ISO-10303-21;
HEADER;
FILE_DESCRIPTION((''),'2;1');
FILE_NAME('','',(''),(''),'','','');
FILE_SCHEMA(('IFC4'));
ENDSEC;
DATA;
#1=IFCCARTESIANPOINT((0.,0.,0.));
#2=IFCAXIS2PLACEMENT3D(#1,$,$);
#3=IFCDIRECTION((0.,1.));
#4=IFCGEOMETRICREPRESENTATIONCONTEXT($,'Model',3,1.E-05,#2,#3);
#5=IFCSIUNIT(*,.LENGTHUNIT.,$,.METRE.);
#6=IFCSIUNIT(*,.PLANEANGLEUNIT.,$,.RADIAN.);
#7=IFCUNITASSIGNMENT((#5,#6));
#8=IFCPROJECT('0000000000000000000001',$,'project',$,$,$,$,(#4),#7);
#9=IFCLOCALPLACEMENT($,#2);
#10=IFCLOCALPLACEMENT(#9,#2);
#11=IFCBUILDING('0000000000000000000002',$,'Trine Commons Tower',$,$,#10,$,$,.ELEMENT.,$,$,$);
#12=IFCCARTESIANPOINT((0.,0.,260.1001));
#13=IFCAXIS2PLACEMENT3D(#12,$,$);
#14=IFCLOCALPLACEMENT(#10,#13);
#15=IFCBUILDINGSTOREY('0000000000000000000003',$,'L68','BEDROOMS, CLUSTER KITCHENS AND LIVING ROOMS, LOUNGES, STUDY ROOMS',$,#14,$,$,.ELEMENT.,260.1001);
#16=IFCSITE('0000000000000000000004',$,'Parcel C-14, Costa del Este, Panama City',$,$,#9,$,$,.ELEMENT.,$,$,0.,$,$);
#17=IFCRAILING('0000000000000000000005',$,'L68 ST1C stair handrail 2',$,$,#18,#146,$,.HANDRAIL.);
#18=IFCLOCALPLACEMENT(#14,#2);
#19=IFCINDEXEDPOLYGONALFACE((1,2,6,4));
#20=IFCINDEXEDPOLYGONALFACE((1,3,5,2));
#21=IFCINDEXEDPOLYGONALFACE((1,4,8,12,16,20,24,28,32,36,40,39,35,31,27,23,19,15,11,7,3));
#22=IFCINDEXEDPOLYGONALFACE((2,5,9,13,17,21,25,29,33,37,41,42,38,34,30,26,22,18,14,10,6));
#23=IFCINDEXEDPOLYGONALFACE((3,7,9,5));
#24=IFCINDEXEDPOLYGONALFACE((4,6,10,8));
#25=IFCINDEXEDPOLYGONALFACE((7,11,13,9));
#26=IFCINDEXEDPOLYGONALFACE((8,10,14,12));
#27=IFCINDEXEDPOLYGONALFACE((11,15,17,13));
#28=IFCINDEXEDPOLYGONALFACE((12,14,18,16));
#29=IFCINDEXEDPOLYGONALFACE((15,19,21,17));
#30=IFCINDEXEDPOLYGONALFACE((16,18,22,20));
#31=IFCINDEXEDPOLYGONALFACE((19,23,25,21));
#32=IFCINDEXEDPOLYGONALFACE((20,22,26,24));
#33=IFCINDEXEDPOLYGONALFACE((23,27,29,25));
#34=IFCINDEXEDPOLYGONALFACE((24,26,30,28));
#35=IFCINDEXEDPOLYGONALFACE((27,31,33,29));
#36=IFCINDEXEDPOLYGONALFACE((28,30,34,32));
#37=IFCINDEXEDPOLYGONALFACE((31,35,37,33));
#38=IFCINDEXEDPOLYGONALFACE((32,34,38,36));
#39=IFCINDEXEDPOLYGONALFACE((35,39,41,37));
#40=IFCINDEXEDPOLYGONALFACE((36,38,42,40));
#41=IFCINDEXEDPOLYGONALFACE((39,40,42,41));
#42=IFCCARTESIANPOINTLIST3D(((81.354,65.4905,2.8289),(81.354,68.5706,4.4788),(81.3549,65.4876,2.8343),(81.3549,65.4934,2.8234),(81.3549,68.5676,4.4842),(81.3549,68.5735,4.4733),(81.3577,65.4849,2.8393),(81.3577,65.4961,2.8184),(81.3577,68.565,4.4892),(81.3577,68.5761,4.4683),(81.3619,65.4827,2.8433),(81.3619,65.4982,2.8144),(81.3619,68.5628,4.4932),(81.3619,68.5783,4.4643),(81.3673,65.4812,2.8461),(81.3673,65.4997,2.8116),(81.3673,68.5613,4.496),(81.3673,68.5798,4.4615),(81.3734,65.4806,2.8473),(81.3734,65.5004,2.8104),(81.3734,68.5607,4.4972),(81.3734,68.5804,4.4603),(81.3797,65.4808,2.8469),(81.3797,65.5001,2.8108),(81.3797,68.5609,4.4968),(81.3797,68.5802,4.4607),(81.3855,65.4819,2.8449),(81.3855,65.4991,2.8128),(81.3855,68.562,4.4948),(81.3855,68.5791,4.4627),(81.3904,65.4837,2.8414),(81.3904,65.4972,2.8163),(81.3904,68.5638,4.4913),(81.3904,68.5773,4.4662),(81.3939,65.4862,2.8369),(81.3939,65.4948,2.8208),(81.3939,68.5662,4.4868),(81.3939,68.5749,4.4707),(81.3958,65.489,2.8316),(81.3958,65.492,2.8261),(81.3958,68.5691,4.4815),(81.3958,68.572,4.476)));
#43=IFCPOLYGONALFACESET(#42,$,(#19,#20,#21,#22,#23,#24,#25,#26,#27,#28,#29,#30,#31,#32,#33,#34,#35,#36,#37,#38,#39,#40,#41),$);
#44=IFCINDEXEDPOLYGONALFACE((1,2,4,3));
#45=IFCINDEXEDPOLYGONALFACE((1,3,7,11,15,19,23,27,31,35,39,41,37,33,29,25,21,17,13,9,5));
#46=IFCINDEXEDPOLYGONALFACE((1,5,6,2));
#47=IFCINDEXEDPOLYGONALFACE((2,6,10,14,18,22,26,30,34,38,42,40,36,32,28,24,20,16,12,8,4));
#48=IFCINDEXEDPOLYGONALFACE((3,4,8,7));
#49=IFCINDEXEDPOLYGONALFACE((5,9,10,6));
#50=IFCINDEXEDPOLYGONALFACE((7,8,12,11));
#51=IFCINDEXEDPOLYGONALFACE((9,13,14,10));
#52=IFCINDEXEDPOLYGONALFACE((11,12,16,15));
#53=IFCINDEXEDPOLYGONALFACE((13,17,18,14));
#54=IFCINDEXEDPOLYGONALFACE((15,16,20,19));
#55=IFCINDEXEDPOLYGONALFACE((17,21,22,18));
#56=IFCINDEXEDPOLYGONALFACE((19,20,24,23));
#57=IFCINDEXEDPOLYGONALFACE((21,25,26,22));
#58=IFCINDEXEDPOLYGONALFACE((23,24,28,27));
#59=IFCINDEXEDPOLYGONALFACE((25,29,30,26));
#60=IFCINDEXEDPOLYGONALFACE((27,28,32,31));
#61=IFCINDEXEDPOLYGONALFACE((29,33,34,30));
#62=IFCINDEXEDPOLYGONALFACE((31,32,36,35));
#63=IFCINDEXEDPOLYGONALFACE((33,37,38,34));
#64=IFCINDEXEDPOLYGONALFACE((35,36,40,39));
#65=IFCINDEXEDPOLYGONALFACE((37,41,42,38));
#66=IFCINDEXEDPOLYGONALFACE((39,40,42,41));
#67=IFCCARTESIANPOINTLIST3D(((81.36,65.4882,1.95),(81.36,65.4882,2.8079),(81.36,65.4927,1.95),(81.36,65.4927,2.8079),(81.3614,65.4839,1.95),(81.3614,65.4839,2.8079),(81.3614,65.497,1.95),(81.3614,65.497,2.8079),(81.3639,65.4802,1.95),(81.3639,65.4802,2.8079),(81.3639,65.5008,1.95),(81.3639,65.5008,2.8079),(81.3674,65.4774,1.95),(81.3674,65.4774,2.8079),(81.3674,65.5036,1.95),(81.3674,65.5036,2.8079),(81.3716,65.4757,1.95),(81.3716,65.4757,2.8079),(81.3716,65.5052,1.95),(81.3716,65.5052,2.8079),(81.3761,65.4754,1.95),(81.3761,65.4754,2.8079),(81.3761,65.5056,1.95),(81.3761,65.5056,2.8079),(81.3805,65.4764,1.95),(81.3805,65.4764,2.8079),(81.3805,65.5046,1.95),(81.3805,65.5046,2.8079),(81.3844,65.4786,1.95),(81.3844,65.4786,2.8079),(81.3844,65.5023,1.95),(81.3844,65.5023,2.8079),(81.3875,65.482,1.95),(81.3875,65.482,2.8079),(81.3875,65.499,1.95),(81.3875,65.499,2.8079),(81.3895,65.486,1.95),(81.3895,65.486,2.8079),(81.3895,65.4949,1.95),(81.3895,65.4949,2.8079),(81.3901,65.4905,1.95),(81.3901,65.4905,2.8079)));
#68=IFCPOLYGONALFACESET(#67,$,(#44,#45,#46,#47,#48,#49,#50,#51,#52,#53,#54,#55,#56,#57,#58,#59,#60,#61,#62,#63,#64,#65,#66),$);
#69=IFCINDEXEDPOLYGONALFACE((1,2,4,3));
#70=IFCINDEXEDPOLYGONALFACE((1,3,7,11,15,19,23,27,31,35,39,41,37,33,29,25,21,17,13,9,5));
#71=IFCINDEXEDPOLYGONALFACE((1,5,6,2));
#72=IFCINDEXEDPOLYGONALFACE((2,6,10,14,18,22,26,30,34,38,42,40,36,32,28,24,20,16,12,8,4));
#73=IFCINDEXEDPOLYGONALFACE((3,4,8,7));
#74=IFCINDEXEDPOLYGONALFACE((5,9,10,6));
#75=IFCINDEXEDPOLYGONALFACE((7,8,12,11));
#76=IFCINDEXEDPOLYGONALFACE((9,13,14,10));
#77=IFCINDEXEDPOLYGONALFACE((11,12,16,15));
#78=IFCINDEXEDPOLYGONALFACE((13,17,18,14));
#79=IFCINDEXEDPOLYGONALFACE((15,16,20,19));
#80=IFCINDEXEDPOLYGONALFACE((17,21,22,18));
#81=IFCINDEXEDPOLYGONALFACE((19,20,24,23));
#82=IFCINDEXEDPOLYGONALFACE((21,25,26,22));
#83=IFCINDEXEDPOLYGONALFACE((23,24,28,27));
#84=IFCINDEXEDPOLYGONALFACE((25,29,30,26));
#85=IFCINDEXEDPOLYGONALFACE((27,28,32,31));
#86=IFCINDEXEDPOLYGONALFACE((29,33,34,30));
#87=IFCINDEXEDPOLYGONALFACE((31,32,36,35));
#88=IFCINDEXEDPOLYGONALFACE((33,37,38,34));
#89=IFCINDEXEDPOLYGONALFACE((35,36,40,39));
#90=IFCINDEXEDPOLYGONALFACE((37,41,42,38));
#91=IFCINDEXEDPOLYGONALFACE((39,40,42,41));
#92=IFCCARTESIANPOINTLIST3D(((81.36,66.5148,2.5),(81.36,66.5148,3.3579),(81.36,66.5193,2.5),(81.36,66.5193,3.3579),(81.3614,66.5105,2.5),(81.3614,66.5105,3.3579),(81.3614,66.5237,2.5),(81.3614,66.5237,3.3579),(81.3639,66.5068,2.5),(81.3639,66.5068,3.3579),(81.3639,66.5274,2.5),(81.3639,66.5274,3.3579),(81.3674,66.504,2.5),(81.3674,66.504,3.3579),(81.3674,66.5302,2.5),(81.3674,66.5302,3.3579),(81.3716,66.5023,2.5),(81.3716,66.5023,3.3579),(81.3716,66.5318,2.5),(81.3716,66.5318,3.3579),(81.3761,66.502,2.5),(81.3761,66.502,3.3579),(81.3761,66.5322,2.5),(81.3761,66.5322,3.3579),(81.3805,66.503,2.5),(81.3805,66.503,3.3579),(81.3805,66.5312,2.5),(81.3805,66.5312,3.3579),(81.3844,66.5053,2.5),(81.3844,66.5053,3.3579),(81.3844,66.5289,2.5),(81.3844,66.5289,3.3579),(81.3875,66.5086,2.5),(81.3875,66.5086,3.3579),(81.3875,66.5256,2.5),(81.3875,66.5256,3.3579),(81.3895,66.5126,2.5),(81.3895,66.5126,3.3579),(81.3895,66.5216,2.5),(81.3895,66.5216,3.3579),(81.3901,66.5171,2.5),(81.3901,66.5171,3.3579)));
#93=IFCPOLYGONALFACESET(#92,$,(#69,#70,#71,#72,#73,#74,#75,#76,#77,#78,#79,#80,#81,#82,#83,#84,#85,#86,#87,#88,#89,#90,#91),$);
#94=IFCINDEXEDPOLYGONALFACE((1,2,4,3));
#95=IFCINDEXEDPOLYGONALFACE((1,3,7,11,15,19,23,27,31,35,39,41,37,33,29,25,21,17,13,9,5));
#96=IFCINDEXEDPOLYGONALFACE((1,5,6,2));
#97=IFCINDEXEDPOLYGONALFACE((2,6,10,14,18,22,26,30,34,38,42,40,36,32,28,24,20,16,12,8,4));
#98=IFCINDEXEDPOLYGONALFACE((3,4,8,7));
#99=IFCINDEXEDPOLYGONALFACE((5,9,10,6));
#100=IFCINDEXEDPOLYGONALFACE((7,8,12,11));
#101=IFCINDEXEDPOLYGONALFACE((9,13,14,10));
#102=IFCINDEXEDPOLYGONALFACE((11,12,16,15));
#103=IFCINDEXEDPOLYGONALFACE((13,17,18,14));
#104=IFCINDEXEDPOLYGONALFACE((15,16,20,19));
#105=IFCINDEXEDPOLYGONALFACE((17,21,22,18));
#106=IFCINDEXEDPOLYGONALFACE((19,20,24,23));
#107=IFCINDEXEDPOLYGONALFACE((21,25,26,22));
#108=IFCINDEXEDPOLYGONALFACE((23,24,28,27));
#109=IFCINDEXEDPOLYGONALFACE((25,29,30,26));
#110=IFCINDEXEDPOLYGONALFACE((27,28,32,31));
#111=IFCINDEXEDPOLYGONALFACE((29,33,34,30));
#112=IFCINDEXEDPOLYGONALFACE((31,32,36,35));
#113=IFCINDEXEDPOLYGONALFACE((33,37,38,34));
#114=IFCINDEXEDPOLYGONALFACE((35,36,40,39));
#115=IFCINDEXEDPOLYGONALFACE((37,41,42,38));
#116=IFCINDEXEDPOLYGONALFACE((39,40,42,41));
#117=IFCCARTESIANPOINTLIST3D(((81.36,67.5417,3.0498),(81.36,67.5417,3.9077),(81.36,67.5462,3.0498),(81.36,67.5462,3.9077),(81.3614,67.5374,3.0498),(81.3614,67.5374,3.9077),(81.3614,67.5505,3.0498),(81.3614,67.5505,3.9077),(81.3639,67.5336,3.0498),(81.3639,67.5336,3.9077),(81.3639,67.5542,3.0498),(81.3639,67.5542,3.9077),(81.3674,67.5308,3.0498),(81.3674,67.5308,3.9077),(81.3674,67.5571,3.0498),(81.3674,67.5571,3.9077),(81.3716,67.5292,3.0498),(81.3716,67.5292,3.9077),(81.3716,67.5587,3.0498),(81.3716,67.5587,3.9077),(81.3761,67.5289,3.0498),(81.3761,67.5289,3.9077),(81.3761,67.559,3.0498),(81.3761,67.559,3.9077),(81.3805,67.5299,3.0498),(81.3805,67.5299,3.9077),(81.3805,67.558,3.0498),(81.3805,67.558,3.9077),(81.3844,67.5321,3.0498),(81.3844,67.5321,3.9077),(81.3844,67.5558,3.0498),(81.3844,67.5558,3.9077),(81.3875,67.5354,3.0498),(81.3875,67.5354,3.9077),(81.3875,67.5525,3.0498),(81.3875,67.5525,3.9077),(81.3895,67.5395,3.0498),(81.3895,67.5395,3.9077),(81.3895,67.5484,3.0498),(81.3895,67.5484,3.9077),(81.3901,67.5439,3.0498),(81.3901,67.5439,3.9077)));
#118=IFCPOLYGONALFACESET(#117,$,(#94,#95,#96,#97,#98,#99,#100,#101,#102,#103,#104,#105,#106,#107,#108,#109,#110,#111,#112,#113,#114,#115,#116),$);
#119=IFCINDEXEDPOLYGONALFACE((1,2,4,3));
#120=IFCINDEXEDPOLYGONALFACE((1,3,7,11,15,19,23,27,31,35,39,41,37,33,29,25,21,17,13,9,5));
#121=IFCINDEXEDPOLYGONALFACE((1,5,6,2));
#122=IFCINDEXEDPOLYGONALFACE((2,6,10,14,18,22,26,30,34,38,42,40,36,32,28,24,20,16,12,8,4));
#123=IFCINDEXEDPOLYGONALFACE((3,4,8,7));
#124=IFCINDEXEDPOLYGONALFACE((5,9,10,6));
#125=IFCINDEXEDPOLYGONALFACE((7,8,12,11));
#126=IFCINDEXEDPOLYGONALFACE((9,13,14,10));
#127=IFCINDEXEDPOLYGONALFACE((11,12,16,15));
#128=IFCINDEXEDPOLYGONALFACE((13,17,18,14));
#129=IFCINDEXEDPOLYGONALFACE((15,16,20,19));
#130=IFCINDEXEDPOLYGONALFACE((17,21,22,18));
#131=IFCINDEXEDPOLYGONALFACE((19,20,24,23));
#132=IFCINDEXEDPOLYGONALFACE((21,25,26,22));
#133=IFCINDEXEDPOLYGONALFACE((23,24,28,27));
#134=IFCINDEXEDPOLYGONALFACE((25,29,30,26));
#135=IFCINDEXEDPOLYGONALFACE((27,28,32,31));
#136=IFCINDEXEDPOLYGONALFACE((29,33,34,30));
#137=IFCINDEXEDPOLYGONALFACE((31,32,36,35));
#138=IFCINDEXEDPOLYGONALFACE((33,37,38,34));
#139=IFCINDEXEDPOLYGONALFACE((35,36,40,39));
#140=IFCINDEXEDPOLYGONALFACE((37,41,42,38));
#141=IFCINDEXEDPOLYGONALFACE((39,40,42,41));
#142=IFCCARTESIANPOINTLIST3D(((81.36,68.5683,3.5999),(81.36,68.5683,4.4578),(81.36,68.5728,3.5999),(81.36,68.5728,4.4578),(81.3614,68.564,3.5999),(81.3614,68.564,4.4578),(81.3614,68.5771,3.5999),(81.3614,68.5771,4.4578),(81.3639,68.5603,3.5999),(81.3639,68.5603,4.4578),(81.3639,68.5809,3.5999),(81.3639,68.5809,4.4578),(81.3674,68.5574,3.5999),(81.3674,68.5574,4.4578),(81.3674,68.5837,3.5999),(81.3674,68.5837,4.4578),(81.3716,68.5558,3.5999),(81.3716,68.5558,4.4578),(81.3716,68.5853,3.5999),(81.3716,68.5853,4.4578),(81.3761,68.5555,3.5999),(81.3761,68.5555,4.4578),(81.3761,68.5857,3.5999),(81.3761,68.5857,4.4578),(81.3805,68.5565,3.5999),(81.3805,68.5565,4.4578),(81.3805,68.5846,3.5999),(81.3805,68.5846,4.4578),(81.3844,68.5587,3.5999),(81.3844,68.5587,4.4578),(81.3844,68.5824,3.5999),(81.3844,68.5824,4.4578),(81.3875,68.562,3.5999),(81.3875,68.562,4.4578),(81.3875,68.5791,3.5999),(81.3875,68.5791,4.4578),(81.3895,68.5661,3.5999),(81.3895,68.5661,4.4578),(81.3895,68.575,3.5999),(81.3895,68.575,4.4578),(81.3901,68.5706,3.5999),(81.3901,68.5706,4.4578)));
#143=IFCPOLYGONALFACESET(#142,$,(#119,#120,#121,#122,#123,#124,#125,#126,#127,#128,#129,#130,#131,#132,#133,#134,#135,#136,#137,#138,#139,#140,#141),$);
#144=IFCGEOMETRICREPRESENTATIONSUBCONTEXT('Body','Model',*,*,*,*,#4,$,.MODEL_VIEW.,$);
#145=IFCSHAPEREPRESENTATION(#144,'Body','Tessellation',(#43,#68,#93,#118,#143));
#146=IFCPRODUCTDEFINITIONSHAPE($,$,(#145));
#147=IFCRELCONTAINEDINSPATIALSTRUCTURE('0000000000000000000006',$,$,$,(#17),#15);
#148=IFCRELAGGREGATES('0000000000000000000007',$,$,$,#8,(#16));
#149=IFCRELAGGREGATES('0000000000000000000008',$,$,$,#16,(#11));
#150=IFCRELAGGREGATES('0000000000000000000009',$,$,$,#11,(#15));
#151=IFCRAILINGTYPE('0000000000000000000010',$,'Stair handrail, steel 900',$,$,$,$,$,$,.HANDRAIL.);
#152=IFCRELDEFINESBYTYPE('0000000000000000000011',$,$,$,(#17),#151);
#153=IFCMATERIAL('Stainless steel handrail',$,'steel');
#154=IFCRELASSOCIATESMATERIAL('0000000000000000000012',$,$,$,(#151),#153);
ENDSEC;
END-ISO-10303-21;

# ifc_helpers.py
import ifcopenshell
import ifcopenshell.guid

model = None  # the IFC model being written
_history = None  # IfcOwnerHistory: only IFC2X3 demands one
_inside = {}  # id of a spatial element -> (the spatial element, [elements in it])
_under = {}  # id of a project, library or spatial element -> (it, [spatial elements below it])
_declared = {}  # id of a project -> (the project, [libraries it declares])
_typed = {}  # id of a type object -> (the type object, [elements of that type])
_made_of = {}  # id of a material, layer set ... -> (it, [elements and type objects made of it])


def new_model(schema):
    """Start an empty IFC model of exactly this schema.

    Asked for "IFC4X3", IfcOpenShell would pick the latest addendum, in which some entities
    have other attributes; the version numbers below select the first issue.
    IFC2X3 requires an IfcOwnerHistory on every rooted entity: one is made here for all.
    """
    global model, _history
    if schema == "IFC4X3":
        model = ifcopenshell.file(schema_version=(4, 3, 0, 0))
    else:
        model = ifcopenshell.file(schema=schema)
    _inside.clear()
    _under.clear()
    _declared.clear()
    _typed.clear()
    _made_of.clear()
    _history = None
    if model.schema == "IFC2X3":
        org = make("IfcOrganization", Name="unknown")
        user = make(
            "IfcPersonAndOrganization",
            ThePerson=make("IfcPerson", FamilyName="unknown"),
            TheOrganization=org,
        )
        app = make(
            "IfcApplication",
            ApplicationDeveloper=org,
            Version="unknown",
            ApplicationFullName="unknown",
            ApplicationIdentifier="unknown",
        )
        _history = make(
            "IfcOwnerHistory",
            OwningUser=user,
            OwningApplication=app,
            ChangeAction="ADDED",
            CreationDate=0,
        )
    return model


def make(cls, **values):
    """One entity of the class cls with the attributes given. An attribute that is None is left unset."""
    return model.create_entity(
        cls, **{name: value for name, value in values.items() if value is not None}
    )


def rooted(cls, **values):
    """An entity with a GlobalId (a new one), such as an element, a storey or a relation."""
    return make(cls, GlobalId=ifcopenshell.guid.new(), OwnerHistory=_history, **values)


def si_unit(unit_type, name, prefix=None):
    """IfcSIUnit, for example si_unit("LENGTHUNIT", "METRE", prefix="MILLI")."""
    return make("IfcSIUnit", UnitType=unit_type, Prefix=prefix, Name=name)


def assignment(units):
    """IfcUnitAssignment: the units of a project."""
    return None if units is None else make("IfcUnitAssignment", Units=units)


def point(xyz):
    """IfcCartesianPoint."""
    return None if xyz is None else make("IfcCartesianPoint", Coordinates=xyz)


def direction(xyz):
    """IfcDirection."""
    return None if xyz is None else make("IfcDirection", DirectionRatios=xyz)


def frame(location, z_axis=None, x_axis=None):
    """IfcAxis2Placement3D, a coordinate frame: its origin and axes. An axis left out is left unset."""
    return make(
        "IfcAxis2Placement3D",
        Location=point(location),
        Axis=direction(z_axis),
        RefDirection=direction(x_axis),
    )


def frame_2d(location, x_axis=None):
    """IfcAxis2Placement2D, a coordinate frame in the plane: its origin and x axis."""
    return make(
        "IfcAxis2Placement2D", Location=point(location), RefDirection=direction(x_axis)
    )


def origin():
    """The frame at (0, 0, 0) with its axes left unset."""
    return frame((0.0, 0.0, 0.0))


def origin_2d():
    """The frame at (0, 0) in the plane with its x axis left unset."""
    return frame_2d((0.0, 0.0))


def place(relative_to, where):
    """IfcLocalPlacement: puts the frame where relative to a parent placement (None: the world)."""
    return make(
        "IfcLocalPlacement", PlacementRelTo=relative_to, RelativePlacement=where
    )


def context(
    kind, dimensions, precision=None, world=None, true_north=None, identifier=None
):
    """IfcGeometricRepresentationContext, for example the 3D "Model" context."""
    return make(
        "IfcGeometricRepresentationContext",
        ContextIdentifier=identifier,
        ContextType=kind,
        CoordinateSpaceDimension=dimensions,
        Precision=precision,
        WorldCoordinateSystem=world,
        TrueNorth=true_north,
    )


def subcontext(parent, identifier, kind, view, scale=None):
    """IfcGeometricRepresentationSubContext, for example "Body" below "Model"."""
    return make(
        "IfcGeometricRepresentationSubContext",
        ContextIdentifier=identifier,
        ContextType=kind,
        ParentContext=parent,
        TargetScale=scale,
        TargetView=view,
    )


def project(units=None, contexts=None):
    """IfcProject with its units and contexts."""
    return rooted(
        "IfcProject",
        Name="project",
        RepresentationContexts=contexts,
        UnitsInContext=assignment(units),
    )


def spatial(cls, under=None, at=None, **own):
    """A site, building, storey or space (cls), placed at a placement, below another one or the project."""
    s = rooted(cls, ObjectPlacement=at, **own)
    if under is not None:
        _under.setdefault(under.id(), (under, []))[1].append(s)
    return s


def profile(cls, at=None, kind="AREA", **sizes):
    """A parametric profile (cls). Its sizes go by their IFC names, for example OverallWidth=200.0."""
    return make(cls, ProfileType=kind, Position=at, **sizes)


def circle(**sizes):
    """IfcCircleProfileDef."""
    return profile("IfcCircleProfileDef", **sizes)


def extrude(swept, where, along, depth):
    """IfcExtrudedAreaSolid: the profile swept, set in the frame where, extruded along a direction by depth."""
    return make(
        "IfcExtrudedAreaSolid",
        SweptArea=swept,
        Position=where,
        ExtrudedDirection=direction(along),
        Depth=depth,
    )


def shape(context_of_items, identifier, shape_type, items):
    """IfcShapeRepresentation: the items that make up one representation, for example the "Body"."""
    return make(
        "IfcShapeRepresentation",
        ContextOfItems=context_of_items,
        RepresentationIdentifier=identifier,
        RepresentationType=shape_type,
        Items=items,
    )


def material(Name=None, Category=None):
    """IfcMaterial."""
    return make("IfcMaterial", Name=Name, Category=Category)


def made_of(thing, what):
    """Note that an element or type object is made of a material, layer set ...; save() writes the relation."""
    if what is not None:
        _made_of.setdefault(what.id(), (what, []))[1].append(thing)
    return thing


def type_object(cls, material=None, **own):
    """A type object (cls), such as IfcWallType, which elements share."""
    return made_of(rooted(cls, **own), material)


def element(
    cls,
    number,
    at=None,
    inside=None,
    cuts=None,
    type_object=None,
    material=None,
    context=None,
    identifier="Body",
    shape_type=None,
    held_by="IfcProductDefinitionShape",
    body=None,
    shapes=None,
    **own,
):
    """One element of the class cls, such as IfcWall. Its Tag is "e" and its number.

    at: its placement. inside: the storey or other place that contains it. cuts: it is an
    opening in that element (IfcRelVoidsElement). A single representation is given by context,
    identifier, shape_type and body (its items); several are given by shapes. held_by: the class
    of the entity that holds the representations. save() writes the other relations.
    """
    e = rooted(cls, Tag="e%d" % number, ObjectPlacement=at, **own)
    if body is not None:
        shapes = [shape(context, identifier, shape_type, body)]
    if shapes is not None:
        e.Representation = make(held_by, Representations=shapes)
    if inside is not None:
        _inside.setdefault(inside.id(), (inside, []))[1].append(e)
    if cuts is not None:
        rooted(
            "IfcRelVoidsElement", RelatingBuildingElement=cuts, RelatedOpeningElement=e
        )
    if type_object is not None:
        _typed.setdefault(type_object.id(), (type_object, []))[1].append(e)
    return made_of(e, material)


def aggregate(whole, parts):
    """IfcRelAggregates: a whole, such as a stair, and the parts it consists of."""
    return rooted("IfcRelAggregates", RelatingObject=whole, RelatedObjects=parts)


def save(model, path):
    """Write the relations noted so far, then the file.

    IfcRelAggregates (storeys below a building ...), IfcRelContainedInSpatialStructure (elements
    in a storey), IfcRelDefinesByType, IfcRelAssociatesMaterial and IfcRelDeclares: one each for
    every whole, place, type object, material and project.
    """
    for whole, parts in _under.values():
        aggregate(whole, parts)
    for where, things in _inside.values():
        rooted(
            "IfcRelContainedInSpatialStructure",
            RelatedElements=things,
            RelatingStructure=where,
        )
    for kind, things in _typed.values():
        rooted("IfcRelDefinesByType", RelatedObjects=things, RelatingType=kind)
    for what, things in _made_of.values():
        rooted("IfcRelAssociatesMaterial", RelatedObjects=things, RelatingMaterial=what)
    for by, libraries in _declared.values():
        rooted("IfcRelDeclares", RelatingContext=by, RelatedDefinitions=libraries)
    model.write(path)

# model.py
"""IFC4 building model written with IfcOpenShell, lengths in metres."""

from ifc_helpers import new_model, si_unit, direction, frame, origin, origin_2d, place, context, subcontext, project, spatial, circle, extrude, material, type_object, element, save


model = new_model("IFC4")

# Units and contexts
model_context = context("Model", 3, precision=1e-05, world=origin(), true_north=direction((0.0, 1.0)))
body_context = subcontext(model_context, "Body", "Model", "MODEL_VIEW")
ifc_project = project(units=[si_unit("LENGTHUNIT", "METRE"), si_unit("PLANEANGLEUNIT", "RADIAN")], contexts=[model_context])

# Site, building, storey
site_placement = place(None, origin())
site = spatial("IfcSite", under=ifc_project, at=site_placement, Name="Parcel C-14, Costa del Este, Panama City", CompositionType="ELEMENT", RefElevation=0.0)
building_placement = place(site_placement, origin())
building = spatial("IfcBuilding", under=site, at=building_placement, Name="Trine Commons Tower", CompositionType="ELEMENT")
storey_placement = place(building_placement, frame((0.0, 0.0, 260.1001)))
storey = spatial("IfcBuildingStorey", under=building, at=storey_placement, Name="L68", Description="BEDROOMS, CLUSTER KITCHENS AND LIVING ROOMS, LOUNGES, STUDY ROOMS", CompositionType="ELEMENT", Elevation=260.1001)

# Railing
ifc_material_1 = material(Name="Stainless steel handrail", Category="steel")
railing_type_1 = type_object("IfcRailingType", Name="Stair handrail, steel 900", PredefinedType="HANDRAIL", material=ifc_material_1)
railing_1_placement = place(storey_placement, frame((81.375, 65.4905, 1.95)))
element("IfcRailing", 1, at=railing_1_placement, inside=storey, type_object=railing_type_1, Name="L68 ST1C stair handrail 2", PredefinedType="HANDRAIL", context=body_context, shape_type="SweptSolid", body=[
    extrude(circle(Radius=0.021, at=origin_2d()), frame((0.0, 0.0, 0.8789), z_axis=(0.0, 0.881497, 0.47219), x_axis=(-1.0, 0.0, 0.0)), (0.0, 0.0, 1.0), 3.4941),
    extrude(circle(Radius=0.0151, at=origin_2d()), origin(), (0.0, 0.0, 1.0), 0.8579),
    extrude(circle(Radius=0.0151, at=origin_2d()), frame((0.0, 1.0266, 0.55)), (0.0, 0.0, 1.0), 0.8579),
    extrude(circle(Radius=0.0151, at=origin_2d()), frame((0.0, 2.0535, 1.0999)), (0.0, 0.0, 1.0), 0.8579),
    extrude(circle(Radius=0.0151, at=origin_2d()), frame((0.0, 3.0801, 1.6499)), (0.0, 0.0, 1.0), 0.8579),
])

save(model, "model.ifc")
